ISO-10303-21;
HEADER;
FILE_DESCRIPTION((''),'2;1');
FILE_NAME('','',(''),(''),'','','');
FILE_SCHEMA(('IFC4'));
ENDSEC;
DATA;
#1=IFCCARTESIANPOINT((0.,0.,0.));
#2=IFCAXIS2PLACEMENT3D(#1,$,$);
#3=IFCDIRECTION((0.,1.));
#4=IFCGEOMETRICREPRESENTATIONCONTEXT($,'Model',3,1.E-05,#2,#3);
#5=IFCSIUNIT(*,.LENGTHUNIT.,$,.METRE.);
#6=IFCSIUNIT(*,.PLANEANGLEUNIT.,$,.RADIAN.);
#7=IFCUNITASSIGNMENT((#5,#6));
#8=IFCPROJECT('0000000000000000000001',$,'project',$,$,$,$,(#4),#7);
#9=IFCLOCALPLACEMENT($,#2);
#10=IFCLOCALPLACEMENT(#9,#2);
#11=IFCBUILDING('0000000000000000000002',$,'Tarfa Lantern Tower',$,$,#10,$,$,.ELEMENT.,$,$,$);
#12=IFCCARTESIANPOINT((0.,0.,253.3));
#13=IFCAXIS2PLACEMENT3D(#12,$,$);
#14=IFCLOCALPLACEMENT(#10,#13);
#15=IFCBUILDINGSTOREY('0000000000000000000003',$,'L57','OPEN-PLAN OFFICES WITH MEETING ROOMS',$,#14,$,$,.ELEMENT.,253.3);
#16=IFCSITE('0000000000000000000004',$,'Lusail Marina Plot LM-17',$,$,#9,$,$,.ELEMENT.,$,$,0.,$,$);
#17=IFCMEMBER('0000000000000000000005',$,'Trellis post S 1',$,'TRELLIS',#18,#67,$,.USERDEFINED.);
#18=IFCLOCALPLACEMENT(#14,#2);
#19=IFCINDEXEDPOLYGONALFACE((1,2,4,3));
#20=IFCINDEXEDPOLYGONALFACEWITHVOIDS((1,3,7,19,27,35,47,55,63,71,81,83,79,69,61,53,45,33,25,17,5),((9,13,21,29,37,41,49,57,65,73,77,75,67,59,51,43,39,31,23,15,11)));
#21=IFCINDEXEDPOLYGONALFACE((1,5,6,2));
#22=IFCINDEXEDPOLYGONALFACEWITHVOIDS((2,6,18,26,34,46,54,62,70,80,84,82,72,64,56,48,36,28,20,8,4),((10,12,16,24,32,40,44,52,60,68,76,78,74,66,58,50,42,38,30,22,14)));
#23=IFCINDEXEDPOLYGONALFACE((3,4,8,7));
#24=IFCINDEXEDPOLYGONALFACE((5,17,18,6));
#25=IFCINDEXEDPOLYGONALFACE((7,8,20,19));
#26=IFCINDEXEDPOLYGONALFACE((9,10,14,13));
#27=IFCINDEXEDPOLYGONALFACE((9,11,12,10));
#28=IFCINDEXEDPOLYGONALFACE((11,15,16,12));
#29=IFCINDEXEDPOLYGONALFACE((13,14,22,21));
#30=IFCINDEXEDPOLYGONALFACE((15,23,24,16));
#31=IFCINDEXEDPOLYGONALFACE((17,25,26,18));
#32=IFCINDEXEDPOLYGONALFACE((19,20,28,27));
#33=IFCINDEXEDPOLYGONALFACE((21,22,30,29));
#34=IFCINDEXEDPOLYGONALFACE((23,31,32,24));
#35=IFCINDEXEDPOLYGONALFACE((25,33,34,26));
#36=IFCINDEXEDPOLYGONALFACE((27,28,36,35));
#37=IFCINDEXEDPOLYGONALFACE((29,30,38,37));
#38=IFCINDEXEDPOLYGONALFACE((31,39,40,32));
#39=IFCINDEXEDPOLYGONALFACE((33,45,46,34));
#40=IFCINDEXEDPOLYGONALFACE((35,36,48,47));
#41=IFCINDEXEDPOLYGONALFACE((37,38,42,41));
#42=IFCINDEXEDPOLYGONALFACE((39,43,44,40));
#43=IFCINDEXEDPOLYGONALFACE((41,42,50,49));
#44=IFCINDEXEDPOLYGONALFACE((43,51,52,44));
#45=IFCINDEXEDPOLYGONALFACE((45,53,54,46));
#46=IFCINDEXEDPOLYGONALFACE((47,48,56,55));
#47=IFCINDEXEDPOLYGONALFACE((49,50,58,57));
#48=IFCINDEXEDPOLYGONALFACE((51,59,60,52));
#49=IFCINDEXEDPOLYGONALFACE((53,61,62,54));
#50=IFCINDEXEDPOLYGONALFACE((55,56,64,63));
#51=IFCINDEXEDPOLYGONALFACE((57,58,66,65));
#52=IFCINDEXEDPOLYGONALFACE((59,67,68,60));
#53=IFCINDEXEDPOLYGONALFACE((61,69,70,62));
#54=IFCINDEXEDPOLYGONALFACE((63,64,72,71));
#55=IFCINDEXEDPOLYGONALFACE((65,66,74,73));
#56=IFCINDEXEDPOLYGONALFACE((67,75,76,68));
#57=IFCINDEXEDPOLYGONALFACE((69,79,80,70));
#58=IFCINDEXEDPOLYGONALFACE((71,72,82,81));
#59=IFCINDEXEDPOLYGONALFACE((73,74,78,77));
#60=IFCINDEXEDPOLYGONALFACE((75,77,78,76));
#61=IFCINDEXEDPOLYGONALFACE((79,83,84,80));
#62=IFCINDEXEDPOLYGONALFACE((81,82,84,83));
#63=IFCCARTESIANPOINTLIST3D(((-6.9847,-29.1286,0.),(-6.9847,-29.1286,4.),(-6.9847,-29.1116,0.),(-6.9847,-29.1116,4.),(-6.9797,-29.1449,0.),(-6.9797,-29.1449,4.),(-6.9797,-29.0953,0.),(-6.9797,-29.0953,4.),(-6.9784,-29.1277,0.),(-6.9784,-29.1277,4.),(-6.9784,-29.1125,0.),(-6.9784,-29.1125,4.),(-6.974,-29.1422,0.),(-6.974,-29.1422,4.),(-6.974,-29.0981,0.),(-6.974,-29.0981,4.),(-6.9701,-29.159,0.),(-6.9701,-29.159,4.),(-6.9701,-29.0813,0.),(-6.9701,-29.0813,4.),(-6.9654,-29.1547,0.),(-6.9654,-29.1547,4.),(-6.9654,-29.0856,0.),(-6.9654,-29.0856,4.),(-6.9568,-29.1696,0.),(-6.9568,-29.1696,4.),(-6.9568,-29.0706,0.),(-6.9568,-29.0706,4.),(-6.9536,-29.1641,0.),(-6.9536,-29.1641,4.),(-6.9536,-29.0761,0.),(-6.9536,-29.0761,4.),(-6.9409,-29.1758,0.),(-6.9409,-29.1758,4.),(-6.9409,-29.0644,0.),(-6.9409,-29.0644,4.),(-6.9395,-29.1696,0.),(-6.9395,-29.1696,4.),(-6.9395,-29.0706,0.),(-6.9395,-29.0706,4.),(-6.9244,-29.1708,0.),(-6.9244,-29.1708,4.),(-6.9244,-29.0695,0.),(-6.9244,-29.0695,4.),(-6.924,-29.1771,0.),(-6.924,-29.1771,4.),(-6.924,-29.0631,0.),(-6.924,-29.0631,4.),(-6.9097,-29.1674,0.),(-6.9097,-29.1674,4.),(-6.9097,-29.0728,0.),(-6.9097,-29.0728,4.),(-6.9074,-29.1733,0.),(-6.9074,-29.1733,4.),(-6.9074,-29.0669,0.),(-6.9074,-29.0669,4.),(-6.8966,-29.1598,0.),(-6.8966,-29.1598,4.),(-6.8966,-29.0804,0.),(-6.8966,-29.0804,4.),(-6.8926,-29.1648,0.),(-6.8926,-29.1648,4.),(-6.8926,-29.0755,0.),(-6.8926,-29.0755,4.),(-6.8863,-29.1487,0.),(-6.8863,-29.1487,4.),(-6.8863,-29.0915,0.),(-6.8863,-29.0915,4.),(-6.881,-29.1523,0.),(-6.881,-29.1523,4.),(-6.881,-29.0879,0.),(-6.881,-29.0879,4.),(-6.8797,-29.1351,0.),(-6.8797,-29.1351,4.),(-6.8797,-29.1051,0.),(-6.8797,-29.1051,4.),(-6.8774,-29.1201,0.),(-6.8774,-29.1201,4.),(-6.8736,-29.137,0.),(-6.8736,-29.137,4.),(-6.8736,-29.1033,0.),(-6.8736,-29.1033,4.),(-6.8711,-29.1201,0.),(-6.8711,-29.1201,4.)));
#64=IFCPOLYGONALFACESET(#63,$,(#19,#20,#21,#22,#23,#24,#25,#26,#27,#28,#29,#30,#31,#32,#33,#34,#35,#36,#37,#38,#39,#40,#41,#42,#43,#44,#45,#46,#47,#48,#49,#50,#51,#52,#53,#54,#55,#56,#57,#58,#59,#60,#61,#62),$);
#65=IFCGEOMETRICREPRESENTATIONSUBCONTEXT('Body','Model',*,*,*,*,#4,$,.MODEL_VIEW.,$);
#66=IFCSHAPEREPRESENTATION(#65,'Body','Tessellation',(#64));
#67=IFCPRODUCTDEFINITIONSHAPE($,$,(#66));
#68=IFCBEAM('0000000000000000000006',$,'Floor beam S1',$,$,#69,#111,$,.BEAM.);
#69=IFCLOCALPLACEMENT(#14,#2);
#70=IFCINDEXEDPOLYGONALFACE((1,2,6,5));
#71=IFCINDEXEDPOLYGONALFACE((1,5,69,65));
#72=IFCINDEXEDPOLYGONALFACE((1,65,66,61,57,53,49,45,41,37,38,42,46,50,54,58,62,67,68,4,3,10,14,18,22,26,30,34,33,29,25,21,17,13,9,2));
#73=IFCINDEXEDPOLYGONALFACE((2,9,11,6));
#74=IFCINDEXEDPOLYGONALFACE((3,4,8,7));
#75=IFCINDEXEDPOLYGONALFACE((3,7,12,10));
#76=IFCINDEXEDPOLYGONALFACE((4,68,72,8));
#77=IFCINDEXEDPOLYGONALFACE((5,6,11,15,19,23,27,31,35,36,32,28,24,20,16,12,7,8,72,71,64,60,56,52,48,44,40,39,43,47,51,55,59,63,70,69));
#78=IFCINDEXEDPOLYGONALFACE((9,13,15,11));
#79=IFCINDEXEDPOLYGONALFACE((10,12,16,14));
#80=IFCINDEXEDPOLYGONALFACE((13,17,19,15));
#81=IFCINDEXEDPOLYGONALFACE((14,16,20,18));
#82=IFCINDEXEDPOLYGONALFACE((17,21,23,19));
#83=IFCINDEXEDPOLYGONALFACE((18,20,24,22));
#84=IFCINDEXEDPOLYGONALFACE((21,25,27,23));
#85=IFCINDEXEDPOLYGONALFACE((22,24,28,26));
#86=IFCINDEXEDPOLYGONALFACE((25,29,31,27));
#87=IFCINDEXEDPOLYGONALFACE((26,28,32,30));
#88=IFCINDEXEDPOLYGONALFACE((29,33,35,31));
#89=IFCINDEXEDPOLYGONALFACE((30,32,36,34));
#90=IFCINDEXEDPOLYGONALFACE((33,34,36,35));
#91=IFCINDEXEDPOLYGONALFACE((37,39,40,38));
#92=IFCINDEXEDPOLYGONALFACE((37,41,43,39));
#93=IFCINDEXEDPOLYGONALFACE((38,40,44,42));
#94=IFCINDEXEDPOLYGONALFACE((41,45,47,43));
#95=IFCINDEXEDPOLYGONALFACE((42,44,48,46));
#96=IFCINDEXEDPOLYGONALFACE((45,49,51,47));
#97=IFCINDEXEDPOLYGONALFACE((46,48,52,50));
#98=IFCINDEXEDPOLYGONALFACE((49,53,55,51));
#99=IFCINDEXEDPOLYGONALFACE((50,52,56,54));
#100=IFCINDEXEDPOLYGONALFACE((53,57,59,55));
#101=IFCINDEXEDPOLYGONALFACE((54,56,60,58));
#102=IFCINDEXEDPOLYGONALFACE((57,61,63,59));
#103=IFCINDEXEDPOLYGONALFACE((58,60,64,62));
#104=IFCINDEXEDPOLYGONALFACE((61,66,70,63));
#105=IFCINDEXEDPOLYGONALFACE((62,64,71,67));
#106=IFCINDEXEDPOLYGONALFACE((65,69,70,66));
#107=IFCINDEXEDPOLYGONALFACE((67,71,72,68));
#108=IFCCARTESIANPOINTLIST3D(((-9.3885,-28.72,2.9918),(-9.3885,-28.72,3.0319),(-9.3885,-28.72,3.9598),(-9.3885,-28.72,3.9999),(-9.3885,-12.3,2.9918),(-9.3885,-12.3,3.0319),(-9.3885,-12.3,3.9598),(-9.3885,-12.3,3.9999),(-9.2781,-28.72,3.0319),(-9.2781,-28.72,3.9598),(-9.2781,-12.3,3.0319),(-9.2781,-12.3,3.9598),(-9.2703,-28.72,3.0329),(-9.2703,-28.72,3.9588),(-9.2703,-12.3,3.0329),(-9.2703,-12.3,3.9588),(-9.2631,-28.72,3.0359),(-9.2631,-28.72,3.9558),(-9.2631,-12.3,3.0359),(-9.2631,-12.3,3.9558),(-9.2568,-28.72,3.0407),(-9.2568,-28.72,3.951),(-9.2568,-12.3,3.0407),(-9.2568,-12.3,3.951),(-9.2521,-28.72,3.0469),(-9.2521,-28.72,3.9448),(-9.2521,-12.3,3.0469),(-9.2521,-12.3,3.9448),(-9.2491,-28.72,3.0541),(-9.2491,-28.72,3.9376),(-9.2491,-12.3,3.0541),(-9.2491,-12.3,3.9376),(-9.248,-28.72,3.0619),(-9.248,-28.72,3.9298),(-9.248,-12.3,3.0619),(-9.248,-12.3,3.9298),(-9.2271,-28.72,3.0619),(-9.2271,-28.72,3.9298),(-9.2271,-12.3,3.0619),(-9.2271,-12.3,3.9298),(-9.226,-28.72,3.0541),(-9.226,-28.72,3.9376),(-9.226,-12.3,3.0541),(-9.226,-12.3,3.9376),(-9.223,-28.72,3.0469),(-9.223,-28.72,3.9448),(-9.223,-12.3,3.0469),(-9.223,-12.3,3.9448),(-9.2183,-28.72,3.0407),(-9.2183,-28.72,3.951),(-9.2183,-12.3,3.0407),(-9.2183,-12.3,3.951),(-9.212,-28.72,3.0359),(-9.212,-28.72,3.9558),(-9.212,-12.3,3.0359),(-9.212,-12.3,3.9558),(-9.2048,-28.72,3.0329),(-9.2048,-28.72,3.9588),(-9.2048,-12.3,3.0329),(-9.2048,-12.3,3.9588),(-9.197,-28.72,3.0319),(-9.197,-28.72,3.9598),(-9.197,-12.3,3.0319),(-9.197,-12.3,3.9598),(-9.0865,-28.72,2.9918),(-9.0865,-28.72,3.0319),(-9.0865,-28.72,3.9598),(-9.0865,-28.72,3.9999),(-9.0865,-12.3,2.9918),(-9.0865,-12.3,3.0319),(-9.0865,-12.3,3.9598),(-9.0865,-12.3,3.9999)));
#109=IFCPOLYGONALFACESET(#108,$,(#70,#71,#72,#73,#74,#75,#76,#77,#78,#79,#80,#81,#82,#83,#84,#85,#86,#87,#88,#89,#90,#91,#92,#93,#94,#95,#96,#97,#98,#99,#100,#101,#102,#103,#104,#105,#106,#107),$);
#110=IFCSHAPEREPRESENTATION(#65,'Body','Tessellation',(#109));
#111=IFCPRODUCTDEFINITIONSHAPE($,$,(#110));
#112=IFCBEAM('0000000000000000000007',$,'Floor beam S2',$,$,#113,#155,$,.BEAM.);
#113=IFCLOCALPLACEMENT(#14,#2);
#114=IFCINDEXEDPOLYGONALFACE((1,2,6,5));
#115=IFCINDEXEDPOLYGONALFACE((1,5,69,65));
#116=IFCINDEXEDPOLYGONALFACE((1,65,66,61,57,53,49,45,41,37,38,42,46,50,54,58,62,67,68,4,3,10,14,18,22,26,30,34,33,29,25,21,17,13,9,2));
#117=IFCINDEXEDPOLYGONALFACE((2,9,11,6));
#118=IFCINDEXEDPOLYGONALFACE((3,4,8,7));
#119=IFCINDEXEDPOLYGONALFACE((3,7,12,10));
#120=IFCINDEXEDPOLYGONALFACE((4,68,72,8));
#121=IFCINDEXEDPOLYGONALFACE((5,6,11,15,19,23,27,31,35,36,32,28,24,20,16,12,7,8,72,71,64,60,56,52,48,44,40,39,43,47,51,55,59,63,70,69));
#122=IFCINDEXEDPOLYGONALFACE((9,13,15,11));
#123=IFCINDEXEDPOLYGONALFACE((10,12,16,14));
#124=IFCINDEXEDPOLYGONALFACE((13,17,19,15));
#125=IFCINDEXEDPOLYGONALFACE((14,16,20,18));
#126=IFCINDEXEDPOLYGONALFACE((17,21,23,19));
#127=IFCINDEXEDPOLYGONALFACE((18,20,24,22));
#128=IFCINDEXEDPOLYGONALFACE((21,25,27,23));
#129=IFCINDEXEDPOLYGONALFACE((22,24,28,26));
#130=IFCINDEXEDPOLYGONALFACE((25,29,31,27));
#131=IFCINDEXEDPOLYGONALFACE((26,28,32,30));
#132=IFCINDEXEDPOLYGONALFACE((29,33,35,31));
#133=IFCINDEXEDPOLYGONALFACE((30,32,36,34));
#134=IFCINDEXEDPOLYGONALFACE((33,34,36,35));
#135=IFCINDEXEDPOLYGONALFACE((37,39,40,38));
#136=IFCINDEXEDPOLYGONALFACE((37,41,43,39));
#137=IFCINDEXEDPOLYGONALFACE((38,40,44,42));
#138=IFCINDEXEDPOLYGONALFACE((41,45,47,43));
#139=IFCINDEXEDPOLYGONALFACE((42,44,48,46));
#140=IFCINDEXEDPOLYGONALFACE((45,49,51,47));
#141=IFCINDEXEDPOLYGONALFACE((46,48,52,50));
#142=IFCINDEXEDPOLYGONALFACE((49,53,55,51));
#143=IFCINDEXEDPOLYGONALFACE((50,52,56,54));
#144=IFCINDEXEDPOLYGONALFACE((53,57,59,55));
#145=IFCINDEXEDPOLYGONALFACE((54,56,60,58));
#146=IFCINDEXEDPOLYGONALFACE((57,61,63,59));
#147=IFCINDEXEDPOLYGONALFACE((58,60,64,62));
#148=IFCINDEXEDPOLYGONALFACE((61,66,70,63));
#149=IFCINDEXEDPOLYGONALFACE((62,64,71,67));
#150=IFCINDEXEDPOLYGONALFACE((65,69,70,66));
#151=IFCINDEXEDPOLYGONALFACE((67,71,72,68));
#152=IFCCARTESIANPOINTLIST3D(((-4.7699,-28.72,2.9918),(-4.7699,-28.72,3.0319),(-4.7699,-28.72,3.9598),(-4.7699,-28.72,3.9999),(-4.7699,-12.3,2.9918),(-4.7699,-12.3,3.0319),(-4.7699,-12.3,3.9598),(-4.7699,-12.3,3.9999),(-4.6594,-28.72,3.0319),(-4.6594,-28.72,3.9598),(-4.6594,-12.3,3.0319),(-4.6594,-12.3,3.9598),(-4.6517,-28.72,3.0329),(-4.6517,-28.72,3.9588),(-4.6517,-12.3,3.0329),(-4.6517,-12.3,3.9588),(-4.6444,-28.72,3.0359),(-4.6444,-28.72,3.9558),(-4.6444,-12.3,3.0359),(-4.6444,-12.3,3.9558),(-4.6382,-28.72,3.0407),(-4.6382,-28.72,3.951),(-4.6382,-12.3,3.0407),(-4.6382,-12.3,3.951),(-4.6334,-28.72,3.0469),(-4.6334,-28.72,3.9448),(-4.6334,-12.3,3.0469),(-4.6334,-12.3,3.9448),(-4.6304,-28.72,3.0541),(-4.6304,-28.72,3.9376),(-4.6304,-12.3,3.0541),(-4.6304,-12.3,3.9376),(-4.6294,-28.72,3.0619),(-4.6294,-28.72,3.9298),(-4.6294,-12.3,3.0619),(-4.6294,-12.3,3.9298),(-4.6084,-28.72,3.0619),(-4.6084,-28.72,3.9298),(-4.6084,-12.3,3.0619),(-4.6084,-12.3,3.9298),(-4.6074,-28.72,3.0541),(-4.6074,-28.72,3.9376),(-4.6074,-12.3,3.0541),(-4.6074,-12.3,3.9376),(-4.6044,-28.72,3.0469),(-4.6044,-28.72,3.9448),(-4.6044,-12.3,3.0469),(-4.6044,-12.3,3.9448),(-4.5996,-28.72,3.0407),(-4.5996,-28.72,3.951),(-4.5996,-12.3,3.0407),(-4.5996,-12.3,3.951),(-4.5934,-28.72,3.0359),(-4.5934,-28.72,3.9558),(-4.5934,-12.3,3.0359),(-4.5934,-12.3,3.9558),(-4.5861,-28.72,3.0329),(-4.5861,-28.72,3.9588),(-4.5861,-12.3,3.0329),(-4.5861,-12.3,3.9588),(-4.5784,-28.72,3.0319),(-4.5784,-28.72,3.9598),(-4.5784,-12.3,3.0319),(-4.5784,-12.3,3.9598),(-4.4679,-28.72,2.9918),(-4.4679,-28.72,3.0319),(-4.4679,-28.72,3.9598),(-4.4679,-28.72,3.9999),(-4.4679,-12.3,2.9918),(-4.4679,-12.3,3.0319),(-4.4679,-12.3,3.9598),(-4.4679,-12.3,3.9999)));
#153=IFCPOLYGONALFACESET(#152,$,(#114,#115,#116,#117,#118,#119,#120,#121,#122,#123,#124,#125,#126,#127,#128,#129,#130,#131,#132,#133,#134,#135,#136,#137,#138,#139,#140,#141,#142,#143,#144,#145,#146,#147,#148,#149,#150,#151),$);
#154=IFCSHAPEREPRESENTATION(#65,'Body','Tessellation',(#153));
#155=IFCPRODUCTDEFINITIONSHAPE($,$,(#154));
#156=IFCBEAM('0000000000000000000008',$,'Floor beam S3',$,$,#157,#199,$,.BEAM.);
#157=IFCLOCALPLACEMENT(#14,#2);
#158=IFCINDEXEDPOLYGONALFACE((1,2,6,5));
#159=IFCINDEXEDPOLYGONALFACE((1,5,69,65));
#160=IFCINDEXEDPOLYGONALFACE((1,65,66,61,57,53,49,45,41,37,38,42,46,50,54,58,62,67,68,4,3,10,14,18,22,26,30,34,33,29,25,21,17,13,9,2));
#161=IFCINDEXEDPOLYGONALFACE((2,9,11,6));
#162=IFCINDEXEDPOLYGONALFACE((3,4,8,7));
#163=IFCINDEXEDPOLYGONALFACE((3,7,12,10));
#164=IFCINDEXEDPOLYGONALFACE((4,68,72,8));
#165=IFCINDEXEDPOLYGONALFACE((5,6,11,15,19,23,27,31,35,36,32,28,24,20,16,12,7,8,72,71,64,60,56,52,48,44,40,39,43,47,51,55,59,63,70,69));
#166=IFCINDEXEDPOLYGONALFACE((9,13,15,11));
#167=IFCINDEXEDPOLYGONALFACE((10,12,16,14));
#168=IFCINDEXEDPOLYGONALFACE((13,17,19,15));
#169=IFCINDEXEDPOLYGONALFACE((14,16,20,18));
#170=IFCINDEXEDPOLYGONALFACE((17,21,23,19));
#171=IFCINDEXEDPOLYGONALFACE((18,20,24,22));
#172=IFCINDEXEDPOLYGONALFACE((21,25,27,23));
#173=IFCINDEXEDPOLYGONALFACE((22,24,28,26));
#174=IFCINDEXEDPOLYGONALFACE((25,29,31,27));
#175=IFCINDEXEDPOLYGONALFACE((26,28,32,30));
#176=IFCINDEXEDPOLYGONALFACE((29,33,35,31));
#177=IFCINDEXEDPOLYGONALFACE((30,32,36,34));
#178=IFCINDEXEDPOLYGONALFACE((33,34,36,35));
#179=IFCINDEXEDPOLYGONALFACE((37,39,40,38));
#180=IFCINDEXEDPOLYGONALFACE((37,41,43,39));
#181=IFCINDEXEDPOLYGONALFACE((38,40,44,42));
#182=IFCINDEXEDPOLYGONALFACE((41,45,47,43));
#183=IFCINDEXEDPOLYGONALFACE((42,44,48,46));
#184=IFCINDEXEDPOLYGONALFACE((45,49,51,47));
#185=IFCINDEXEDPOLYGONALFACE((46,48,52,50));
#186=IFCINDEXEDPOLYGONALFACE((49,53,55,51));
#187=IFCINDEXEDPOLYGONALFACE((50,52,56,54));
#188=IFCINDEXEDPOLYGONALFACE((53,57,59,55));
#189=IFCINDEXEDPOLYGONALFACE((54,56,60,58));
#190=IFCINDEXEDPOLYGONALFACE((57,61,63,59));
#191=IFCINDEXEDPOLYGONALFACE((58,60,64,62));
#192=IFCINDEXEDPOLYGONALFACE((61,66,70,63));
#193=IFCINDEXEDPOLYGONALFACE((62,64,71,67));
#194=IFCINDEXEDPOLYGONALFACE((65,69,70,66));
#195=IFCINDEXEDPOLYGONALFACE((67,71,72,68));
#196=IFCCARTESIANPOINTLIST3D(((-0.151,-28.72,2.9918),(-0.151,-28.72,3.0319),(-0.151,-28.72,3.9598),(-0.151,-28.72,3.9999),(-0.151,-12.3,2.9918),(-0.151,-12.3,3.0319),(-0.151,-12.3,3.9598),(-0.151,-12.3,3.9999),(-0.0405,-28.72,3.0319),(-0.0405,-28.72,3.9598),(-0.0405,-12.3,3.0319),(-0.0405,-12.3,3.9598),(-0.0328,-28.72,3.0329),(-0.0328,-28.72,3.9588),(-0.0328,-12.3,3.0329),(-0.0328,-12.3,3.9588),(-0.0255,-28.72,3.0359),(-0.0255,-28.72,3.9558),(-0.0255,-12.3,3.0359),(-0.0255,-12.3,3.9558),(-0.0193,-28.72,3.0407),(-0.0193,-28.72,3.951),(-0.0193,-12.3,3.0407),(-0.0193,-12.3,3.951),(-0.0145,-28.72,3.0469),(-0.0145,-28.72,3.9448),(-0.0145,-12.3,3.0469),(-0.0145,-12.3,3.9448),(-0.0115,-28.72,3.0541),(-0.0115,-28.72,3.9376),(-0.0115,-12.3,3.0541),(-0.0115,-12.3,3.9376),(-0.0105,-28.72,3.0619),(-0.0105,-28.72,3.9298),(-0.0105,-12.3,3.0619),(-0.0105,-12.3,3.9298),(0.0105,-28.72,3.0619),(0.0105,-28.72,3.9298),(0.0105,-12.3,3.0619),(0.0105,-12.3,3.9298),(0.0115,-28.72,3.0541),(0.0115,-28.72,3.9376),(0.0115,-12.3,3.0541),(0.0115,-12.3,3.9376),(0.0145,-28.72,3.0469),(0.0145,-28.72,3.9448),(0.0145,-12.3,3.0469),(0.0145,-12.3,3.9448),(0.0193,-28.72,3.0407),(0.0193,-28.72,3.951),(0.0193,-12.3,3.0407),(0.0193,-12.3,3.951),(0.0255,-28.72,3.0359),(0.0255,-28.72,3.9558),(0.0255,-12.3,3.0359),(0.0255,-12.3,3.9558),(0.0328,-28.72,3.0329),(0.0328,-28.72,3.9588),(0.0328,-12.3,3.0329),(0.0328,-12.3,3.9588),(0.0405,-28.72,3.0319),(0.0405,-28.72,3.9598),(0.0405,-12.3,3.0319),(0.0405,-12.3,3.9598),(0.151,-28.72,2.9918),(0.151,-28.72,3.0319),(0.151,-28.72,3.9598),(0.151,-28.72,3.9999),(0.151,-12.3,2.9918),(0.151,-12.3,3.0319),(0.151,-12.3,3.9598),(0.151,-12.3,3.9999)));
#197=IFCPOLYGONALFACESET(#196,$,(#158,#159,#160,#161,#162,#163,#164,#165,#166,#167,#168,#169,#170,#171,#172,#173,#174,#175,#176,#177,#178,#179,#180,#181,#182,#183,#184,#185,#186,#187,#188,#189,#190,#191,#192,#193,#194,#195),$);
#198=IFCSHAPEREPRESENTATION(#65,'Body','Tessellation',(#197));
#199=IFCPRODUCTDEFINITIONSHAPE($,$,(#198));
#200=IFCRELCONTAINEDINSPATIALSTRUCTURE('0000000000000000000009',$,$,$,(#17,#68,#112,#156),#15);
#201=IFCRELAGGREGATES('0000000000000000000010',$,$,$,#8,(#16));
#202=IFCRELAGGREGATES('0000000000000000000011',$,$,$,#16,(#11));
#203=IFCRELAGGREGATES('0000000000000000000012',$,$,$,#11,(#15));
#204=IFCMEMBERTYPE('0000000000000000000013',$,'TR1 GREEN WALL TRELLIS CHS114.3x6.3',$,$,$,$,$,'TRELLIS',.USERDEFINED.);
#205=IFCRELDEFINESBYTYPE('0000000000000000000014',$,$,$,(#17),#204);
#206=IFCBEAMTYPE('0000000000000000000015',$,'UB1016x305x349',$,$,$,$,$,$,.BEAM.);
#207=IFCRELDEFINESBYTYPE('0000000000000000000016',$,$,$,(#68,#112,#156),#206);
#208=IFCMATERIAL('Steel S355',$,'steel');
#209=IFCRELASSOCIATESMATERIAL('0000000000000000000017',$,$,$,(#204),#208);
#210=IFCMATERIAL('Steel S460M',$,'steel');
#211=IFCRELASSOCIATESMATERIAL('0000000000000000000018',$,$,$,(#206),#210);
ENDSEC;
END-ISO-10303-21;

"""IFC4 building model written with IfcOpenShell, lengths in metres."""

from ifc_helpers import new_model, si_unit, direction, frame, origin, origin_2d, place, context, subcontext, project, spatial, hollow_circle, i_section, extrude, material, material_profile, profile_set, type_object, element, save


model = new_model("IFC4")

# Units and contexts
model_context = context("Model", 3, precision=1e-05, world=origin(), true_north=direction((0.0, 1.0)))
body_context = subcontext(model_context, "Body", "Model", "MODEL_VIEW")
ifc_project = project(units=[si_unit("LENGTHUNIT", "METRE"), si_unit("PLANEANGLEUNIT", "RADIAN")], contexts=[model_context])

# Site, building, storey
site_placement = place(None, origin())
site = spatial("IfcSite", under=ifc_project, at=site_placement, Name="Lusail Marina Plot LM-17", CompositionType="ELEMENT", RefElevation=0.0)
building_placement = place(site_placement, origin())
building = spatial("IfcBuilding", under=site, at=building_placement, Name="Tarfa Lantern Tower", CompositionType="ELEMENT")
storey_placement = place(building_placement, frame((0.0, 0.0, 253.3)))
storey = spatial("IfcBuildingStorey", under=building, at=storey_placement, Name="L57", Description="OPEN-PLAN OFFICES WITH MEETING ROOMS", CompositionType="ELEMENT", Elevation=253.3)

# Member
ifc_material_1 = material(Name="Steel S355", Category="steel")
ifc_material_profile_1 = material_profile(ifc_material_1, hollow_circle(Radius=0.0571, WallThickness=0.0063, at=origin_2d()), Name="CHS114.3x6.3")
ifc_profile_set_1 = profile_set([ifc_material_profile_1], Name="Steel S355")
member_type_1 = type_object("IfcMemberType", Name="TR1 GREEN WALL TRELLIS CHS114.3x6.3", ElementType="TRELLIS", PredefinedType="USERDEFINED", material=ifc_profile_set_1)
member_1_placement = place(storey_placement, frame((-6.9282, -29.1201, 0.0), z_axis=(0.0, 0.0, 1.0), x_axis=(1.0, 0.0, 0.0)))
element("IfcMember", 1, at=member_1_placement, inside=storey, type_object=member_type_1, Name="Trellis post S 1", ObjectType="TRELLIS", PredefinedType="USERDEFINED", context=body_context, shape_type="SweptSolid", body=[
    extrude(hollow_circle(Radius=0.0571, WallThickness=0.0063, at=origin_2d()), origin(), (0.0, 0.0, 1.0), 4.0),
])

# Beams
ifc_material_2 = material(Name="Steel S460M", Category="steel")
ifc_material_profile_2 = material_profile(ifc_material_2, i_section(OverallWidth=0.302, OverallDepth=1.0081, WebThickness=0.021, FlangeThickness=0.04, FilletRadius=0.03, at=origin_2d()), Name="UB1016x305x349")
ifc_profile_set_2 = profile_set([ifc_material_profile_2], Name="Steel S460M")
beam_type_1 = type_object("IfcBeamType", Name="UB1016x305x349", PredefinedType="BEAM", material=ifc_profile_set_2)
for number, where, z_axis, x_axis, name in (
    (2, (-9.2375, -28.72, 3.4958), (0.0, 1.0, 0.0), (-1.0, 0.0, 0.0), "Floor beam S1"),
    (3, (-4.6189, -28.72, 3.4958), (0.0, 1.0, 0.0), (-1.0, 0.0, 0.0), "Floor beam S2"),
    (4, (0.0, -28.72, 3.4958), (0.0, 1.0, 0.0), (-1.0, 0.0, 0.0), "Floor beam S3"),
):
    element("IfcBeam", number, at=place(storey_placement, frame(where, z_axis=z_axis, x_axis=x_axis)), inside=storey, type_object=beam_type_1, Name=name, PredefinedType="BEAM", context=body_context, shape_type="SweptSolid", body=[
        extrude(i_section(OverallWidth=0.302, OverallDepth=1.0081, WebThickness=0.021, FlangeThickness=0.04, FilletRadius=0.03, at=origin_2d()), origin(), (0.0, 0.0, 1.0), 16.4199),
    ])

save(model, "model.ifc")
